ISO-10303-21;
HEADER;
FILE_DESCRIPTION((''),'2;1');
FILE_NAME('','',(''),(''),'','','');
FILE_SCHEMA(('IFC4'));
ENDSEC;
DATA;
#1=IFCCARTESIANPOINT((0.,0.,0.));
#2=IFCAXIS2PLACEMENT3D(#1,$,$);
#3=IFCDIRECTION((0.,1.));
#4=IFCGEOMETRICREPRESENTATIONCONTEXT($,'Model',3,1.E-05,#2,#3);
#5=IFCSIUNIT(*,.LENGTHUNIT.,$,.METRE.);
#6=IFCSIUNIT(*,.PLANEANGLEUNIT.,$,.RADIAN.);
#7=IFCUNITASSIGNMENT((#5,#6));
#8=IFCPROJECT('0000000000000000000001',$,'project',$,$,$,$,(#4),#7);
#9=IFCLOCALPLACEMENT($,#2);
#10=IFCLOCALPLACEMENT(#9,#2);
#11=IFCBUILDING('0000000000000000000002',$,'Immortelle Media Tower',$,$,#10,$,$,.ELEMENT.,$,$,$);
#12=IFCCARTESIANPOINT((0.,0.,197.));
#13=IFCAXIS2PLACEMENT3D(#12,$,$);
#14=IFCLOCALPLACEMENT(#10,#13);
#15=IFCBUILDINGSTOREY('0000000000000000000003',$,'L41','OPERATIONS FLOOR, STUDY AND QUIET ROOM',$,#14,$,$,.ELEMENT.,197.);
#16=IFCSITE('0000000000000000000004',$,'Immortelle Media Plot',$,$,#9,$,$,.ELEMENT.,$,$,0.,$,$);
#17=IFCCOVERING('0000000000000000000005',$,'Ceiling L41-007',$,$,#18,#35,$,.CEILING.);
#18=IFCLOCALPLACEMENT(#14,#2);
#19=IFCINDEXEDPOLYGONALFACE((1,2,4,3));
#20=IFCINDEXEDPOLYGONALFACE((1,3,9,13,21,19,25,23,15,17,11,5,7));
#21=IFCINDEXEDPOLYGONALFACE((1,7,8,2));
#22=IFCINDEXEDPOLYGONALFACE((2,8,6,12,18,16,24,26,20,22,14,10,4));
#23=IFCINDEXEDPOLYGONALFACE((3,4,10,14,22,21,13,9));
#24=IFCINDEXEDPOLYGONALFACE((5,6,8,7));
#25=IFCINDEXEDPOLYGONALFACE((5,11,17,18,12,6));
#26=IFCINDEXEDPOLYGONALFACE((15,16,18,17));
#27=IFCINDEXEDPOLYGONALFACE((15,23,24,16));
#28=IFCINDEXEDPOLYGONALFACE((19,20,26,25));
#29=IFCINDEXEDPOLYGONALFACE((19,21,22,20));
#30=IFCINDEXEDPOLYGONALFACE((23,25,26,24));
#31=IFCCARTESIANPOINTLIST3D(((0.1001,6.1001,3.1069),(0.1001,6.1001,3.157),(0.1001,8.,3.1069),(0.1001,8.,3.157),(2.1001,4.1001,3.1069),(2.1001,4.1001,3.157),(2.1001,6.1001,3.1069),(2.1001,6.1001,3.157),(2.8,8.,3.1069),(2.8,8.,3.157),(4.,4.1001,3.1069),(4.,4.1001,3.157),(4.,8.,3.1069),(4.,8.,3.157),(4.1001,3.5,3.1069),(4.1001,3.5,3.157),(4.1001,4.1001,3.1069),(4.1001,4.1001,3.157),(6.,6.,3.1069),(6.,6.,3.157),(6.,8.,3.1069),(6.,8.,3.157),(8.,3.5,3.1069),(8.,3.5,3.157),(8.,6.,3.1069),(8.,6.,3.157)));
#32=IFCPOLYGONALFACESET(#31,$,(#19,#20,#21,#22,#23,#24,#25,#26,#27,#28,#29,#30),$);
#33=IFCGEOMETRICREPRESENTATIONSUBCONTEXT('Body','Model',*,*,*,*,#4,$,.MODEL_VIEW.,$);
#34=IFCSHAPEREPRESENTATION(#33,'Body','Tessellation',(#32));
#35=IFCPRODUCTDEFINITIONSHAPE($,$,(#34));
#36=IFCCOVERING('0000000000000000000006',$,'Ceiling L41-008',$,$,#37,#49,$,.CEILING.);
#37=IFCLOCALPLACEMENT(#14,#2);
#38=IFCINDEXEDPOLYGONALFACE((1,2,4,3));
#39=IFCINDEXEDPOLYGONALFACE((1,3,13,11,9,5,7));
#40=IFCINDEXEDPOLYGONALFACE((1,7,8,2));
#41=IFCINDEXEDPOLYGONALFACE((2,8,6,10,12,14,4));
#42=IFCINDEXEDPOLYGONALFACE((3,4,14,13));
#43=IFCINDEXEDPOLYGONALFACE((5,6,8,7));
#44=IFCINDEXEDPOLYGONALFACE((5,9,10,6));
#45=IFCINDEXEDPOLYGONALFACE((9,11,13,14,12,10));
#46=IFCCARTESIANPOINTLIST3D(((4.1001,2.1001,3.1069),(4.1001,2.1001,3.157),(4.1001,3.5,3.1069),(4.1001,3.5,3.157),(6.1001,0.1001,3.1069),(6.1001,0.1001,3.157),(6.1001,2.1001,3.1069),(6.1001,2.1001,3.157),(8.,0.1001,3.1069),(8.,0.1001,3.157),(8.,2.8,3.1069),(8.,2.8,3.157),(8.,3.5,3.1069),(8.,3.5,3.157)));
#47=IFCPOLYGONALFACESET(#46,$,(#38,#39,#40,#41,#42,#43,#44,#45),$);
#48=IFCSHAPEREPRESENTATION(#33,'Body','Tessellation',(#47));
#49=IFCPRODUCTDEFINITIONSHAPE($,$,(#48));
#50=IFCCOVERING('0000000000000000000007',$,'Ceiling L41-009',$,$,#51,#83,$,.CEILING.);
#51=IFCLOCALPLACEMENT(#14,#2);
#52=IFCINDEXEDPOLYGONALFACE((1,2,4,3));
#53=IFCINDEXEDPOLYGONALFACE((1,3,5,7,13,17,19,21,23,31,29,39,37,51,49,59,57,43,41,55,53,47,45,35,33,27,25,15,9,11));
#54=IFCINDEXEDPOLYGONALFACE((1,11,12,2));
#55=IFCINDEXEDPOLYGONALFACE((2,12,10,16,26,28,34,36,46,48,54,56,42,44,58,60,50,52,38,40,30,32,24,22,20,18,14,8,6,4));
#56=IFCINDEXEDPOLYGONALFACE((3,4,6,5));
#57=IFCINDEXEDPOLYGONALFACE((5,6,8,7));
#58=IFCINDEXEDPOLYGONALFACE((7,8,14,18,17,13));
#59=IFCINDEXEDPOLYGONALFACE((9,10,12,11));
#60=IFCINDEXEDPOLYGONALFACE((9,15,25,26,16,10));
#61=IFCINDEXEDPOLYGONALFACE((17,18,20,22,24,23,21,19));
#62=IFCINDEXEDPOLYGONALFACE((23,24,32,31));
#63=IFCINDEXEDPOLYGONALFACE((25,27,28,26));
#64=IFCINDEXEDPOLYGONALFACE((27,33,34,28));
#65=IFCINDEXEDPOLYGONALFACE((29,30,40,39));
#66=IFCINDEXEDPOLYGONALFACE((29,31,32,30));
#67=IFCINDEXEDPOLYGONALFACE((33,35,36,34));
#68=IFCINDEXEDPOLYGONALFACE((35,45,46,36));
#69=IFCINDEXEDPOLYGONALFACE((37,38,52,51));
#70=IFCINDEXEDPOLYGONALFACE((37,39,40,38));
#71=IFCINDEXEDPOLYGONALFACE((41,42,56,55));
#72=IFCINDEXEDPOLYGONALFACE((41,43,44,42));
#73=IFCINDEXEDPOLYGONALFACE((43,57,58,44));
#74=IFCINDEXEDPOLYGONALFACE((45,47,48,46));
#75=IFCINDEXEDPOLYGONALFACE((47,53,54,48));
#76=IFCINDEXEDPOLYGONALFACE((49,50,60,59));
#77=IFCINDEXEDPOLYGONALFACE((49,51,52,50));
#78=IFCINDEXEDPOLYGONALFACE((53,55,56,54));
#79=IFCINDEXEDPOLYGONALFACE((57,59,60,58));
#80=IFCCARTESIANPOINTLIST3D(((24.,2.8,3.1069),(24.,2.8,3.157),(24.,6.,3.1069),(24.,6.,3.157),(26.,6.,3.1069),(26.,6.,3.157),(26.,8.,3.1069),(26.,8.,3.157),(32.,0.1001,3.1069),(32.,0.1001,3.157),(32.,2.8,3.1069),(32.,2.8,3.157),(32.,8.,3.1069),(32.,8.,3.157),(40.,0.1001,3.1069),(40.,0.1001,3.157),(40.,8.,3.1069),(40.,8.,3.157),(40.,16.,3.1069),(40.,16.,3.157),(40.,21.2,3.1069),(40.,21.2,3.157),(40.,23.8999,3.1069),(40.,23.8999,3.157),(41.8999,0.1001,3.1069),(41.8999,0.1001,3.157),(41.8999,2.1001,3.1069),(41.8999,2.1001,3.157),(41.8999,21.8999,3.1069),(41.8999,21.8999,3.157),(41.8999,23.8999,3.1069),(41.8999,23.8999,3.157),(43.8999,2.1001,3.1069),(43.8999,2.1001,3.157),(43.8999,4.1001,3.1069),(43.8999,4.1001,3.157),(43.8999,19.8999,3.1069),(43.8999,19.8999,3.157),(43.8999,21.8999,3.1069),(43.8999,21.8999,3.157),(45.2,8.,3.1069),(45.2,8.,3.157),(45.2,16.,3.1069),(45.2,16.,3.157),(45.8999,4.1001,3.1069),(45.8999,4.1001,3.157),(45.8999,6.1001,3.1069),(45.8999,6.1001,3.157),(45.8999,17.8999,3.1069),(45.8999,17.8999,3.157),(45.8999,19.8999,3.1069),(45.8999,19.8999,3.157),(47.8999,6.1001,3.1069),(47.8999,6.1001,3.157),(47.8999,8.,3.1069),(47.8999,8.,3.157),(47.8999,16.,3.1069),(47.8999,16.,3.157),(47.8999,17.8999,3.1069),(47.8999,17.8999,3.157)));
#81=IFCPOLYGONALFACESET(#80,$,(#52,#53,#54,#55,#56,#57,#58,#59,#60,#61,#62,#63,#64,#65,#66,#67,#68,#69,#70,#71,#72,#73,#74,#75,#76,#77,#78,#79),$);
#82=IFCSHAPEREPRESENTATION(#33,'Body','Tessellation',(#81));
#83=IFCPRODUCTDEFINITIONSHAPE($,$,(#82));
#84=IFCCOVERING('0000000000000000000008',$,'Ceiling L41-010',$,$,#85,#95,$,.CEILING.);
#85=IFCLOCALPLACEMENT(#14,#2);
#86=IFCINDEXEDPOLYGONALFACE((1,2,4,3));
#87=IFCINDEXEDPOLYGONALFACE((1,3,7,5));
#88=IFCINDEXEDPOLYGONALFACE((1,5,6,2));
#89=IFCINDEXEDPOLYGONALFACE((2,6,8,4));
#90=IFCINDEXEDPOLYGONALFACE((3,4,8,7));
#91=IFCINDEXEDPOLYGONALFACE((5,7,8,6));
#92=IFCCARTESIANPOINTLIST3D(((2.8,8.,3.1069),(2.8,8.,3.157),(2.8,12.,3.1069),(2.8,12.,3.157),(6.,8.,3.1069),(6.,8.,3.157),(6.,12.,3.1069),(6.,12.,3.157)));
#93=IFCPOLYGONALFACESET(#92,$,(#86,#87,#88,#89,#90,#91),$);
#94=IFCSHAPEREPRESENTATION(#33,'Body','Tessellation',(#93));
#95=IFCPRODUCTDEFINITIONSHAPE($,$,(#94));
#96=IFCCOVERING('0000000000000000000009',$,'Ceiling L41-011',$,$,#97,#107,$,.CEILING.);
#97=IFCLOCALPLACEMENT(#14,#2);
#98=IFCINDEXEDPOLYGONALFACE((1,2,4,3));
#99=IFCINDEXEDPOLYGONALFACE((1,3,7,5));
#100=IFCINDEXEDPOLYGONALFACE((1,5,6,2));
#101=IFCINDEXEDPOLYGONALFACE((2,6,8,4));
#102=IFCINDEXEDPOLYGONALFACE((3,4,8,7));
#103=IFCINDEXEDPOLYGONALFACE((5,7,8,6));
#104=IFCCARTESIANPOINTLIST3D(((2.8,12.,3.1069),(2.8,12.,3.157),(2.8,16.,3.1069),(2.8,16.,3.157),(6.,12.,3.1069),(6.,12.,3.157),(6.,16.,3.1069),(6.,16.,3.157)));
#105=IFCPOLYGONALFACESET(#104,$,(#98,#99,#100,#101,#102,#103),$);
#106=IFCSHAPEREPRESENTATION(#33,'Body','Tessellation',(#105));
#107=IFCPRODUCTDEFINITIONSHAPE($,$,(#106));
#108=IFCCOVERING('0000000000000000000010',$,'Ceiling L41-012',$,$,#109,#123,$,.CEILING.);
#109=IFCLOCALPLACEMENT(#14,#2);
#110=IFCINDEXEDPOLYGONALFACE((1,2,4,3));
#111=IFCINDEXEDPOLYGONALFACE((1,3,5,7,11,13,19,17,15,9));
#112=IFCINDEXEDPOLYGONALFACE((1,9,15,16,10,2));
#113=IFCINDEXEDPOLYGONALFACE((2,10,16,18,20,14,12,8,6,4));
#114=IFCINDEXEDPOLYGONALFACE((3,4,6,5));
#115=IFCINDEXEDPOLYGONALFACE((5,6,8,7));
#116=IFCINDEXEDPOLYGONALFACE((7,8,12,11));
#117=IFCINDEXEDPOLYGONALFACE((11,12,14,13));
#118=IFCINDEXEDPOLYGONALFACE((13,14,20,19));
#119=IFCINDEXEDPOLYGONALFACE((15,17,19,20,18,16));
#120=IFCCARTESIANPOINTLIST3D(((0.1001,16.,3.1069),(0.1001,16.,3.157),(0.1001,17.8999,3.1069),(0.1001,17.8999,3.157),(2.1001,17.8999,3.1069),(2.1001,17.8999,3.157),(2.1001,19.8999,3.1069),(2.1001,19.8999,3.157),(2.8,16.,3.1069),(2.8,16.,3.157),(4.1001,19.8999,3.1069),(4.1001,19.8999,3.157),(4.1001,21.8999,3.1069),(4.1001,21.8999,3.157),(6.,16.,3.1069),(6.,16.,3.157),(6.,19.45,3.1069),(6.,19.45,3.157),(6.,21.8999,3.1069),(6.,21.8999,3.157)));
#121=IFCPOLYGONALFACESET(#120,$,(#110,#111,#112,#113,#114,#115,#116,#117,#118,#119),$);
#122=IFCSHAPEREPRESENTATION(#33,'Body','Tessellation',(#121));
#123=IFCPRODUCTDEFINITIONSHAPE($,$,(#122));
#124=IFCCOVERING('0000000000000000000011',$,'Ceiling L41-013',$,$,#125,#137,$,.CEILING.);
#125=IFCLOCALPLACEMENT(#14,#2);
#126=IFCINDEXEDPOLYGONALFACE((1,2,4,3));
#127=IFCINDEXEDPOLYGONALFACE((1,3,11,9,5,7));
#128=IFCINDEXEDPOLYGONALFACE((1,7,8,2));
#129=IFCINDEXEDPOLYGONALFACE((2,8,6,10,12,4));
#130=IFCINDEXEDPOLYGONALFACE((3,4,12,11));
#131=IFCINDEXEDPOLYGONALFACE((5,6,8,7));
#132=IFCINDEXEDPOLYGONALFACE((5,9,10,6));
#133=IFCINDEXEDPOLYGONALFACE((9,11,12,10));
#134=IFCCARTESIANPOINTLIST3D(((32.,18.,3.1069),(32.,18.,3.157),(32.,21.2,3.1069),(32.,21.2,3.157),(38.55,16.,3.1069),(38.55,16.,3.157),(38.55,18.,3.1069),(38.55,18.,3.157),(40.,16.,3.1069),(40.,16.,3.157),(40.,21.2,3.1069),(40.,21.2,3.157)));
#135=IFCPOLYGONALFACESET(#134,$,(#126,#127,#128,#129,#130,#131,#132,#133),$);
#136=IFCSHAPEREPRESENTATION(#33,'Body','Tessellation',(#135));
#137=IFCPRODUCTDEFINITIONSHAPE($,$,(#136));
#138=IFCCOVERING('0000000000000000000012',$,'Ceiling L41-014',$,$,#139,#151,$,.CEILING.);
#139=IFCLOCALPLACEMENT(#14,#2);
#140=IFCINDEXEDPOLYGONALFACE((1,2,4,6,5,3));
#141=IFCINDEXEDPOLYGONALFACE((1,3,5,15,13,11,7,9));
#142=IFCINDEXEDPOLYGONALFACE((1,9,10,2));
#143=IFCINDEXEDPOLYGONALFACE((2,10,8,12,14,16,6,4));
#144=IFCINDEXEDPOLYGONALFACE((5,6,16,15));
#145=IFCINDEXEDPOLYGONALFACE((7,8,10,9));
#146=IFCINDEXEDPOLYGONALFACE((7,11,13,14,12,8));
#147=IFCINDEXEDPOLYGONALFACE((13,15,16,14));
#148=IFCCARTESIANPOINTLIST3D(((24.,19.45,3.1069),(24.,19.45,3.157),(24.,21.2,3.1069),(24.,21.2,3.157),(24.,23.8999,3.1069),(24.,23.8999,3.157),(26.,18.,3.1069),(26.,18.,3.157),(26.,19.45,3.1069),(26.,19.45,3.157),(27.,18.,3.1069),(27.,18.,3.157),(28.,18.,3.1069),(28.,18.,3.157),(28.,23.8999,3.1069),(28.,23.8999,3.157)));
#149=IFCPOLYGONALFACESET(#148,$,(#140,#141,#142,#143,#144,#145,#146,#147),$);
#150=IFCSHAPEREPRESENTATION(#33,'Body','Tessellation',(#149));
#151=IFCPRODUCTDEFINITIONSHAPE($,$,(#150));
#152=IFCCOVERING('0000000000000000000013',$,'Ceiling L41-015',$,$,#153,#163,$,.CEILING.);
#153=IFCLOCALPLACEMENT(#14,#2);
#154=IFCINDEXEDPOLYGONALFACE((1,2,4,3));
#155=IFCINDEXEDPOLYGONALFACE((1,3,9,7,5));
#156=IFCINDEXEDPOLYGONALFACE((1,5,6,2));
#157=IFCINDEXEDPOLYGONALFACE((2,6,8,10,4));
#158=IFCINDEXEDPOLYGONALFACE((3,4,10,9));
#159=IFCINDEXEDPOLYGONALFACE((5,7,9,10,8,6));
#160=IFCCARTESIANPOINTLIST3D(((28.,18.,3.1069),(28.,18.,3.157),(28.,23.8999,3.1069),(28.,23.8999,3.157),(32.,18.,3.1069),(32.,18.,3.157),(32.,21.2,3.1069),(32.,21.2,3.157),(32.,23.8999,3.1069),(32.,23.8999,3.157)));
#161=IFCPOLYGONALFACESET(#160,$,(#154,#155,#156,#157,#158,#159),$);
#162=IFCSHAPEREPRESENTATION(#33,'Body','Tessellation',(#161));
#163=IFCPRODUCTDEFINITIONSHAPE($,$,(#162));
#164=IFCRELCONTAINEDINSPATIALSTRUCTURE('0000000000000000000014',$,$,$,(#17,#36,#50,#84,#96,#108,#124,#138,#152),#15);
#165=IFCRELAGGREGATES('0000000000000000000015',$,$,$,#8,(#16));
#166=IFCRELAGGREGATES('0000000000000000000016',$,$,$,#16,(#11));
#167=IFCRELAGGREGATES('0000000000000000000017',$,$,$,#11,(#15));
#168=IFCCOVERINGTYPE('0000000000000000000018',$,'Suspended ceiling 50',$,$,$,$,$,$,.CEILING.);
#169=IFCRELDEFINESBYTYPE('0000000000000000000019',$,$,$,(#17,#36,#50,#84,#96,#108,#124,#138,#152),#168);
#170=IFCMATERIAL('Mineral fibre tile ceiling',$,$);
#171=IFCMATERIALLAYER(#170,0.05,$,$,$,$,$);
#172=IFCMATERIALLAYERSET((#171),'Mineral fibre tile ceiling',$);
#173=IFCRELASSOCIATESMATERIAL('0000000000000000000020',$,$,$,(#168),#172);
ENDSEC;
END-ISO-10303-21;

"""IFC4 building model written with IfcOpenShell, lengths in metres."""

from ifc_helpers import new_model, si_unit, direction, frame, origin, place, context, subcontext, project, spatial, polyline, outline, extrude, material, layer, layer_set, type_object, element, save


model = new_model("IFC4")

# Units and contexts
model_context = context("Model", 3, precision=1e-05, world=origin(), true_north=direction((0.0, 1.0)))
body_context = subcontext(model_context, "Body", "Model", "MODEL_VIEW")
ifc_project = project(units=[si_unit("LENGTHUNIT", "METRE"), si_unit("PLANEANGLEUNIT", "RADIAN")], contexts=[model_context])

# Site, building, storey
site_placement = place(None, origin())
site = spatial("IfcSite", under=ifc_project, at=site_placement, Name="Immortelle Media Plot", CompositionType="ELEMENT", RefElevation=0.0)
building_placement = place(site_placement, origin())
building = spatial("IfcBuilding", under=site, at=building_placement, Name="Immortelle Media Tower", CompositionType="ELEMENT")
storey_placement = place(building_placement, frame((0.0, 0.0, 197.0)))
storey = spatial("IfcBuildingStorey", under=building, at=storey_placement, Name="L41", Description="OPERATIONS FLOOR, STUDY AND QUIET ROOM", CompositionType="ELEMENT", Elevation=197.0)

# Coverings
ifc_material_1 = material(Name="Mineral fibre tile ceiling")
ifc_layer_1 = layer(ifc_material_1, 0.05)
ifc_layer_set_1 = layer_set([ifc_layer_1], Name="Mineral fibre tile ceiling")
covering_type = type_object("IfcCoveringType", Name="Suspended ceiling 50", PredefinedType="CEILING", material=ifc_layer_set_1)
covering_1_placement = place(storey_placement, frame((0.0, 0.0, 3.1069)))
element("IfcCovering", 1, at=covering_1_placement, inside=storey, type_object=covering_type, Name="Ceiling L41-007", PredefinedType="CEILING", context=body_context, shape_type="SweptSolid", body=[
    extrude(outline(polyline([(4.1001, 4.1001), (4.0, 4.1001), (2.1001, 4.1001), (2.1001, 6.1001), (0.1001, 6.1001), (0.1001, 8.0), (2.8, 8.0), (4.0, 8.0), (6.0, 8.0), (6.0, 6.0), (8.0, 6.0), (8.0, 3.5), (4.1001, 3.5), (4.1001, 4.1001)])), origin(), (0.0, 0.0, 1.0), 0.05),
])
covering_2_placement = place(storey_placement, frame((0.0, 0.0, 3.1069)))
element("IfcCovering", 2, at=covering_2_placement, inside=storey, type_object=covering_type, Name="Ceiling L41-008", PredefinedType="CEILING", context=body_context, shape_type="SweptSolid", body=[
    extrude(outline(polyline([(4.1001, 3.5), (8.0, 3.5), (8.0, 2.8), (8.0, 0.1001), (6.1001, 0.1001), (6.1001, 2.1001), (4.1001, 2.1001), (4.1001, 3.5)])), origin(), (0.0, 0.0, 1.0), 0.05),
])
covering_3_placement = place(storey_placement, frame((0.0, 0.0, 3.1069)))
element("IfcCovering", 3, at=covering_3_placement, inside=storey, type_object=covering_type, Name="Ceiling L41-009", PredefinedType="CEILING", context=body_context, shape_type="SweptSolid", body=[
    extrude(outline(polyline([(26.0, 6.0), (26.0, 8.0), (32.0, 8.0), (40.0, 8.0), (40.0, 16.0), (40.0, 21.2), (40.0, 23.8999), (41.8999, 23.8999), (41.8999, 21.8999), (43.8999, 21.8999), (43.8999, 19.8999), (45.8999, 19.8999), (45.8999, 17.8999), (47.8999, 17.8999), (47.8999, 16.0), (45.2, 16.0), (45.2, 8.0), (47.8999, 8.0), (47.8999, 6.1001), (45.8999, 6.1001), (45.8999, 4.1001), (43.8999, 4.1001), (43.8999, 2.1001), (41.8999, 2.1001), (41.8999, 0.1001), (40.0, 0.1001), (32.0, 0.1001), (32.0, 2.8), (24.0, 2.8), (24.0, 6.0), (26.0, 6.0)])), origin(), (0.0, 0.0, 1.0), 0.05),
])
covering_4_placement = place(storey_placement, frame((0.0, 0.0, 3.1069)))
element("IfcCovering", 4, at=covering_4_placement, inside=storey, type_object=covering_type, Name="Ceiling L41-010", PredefinedType="CEILING", context=body_context, shape_type="SweptSolid", body=[
    extrude(outline(polyline([(2.8, 8.0), (2.8, 12.0), (6.0, 12.0), (6.0, 8.0), (2.8, 8.0)])), origin(), (0.0, 0.0, 1.0), 0.05),
])
covering_5_placement = place(storey_placement, frame((0.0, 0.0, 3.1069)))
element("IfcCovering", 5, at=covering_5_placement, inside=storey, type_object=covering_type, Name="Ceiling L41-011", PredefinedType="CEILING", context=body_context, shape_type="SweptSolid", body=[
    extrude(outline(polyline([(2.8, 16.0), (6.0, 16.0), (6.0, 12.0), (2.8, 12.0), (2.8, 16.0)])), origin(), (0.0, 0.0, 1.0), 0.05),
])
covering_6_placement = place(storey_placement, frame((0.0, 0.0, 3.1069)))
element("IfcCovering", 6, at=covering_6_placement, inside=storey, type_object=covering_type, Name="Ceiling L41-012", PredefinedType="CEILING", context=body_context, shape_type="SweptSolid", body=[
    extrude(outline(polyline([(2.1001, 17.8999), (2.1001, 19.8999), (4.1001, 19.8999), (4.1001, 21.8999), (6.0, 21.8999), (6.0, 19.45), (6.0, 16.0), (2.8, 16.0), (0.1001, 16.0), (0.1001, 17.8999), (2.1001, 17.8999)])), origin(), (0.0, 0.0, 1.0), 0.05),
])
covering_7_placement = place(storey_placement, frame((0.0, 0.0, 3.1069)))
element("IfcCovering", 7, at=covering_7_placement, inside=storey, type_object=covering_type, Name="Ceiling L41-013", PredefinedType="CEILING", context=body_context, shape_type="SweptSolid", body=[
    extrude(outline(polyline([(38.55, 16.0), (38.55, 18.0), (32.0, 18.0), (32.0, 21.2), (40.0, 21.2), (40.0, 16.0), (38.55, 16.0)])), origin(), (0.0, 0.0, 1.0), 0.05),
])
covering_8_placement = place(storey_placement, frame((0.0, 0.0, 3.1069)))
element("IfcCovering", 8, at=covering_8_placement, inside=storey, type_object=covering_type, Name="Ceiling L41-014", PredefinedType="CEILING", context=body_context, shape_type="SweptSolid", body=[
    extrude(outline(polyline([(26.0, 18.0), (26.0, 19.45), (24.0, 19.45), (24.0, 21.2), (24.0, 23.8999), (28.0, 23.8999), (28.0, 18.0), (27.0, 18.0), (26.0, 18.0)])), origin(), (0.0, 0.0, 1.0), 0.05),
])
covering_9_placement = place(storey_placement, frame((0.0, 0.0, 3.1069)))
element("IfcCovering", 9, at=covering_9_placement, inside=storey, type_object=covering_type, Name="Ceiling L41-015", PredefinedType="CEILING", context=body_context, shape_type="SweptSolid", body=[
    extrude(outline(polyline([(32.0, 23.8999), (32.0, 21.2), (32.0, 18.0), (28.0, 18.0), (28.0, 23.8999), (32.0, 23.8999)])), origin(), (0.0, 0.0, 1.0), 0.05),
])

save(model, "model.ifc")
